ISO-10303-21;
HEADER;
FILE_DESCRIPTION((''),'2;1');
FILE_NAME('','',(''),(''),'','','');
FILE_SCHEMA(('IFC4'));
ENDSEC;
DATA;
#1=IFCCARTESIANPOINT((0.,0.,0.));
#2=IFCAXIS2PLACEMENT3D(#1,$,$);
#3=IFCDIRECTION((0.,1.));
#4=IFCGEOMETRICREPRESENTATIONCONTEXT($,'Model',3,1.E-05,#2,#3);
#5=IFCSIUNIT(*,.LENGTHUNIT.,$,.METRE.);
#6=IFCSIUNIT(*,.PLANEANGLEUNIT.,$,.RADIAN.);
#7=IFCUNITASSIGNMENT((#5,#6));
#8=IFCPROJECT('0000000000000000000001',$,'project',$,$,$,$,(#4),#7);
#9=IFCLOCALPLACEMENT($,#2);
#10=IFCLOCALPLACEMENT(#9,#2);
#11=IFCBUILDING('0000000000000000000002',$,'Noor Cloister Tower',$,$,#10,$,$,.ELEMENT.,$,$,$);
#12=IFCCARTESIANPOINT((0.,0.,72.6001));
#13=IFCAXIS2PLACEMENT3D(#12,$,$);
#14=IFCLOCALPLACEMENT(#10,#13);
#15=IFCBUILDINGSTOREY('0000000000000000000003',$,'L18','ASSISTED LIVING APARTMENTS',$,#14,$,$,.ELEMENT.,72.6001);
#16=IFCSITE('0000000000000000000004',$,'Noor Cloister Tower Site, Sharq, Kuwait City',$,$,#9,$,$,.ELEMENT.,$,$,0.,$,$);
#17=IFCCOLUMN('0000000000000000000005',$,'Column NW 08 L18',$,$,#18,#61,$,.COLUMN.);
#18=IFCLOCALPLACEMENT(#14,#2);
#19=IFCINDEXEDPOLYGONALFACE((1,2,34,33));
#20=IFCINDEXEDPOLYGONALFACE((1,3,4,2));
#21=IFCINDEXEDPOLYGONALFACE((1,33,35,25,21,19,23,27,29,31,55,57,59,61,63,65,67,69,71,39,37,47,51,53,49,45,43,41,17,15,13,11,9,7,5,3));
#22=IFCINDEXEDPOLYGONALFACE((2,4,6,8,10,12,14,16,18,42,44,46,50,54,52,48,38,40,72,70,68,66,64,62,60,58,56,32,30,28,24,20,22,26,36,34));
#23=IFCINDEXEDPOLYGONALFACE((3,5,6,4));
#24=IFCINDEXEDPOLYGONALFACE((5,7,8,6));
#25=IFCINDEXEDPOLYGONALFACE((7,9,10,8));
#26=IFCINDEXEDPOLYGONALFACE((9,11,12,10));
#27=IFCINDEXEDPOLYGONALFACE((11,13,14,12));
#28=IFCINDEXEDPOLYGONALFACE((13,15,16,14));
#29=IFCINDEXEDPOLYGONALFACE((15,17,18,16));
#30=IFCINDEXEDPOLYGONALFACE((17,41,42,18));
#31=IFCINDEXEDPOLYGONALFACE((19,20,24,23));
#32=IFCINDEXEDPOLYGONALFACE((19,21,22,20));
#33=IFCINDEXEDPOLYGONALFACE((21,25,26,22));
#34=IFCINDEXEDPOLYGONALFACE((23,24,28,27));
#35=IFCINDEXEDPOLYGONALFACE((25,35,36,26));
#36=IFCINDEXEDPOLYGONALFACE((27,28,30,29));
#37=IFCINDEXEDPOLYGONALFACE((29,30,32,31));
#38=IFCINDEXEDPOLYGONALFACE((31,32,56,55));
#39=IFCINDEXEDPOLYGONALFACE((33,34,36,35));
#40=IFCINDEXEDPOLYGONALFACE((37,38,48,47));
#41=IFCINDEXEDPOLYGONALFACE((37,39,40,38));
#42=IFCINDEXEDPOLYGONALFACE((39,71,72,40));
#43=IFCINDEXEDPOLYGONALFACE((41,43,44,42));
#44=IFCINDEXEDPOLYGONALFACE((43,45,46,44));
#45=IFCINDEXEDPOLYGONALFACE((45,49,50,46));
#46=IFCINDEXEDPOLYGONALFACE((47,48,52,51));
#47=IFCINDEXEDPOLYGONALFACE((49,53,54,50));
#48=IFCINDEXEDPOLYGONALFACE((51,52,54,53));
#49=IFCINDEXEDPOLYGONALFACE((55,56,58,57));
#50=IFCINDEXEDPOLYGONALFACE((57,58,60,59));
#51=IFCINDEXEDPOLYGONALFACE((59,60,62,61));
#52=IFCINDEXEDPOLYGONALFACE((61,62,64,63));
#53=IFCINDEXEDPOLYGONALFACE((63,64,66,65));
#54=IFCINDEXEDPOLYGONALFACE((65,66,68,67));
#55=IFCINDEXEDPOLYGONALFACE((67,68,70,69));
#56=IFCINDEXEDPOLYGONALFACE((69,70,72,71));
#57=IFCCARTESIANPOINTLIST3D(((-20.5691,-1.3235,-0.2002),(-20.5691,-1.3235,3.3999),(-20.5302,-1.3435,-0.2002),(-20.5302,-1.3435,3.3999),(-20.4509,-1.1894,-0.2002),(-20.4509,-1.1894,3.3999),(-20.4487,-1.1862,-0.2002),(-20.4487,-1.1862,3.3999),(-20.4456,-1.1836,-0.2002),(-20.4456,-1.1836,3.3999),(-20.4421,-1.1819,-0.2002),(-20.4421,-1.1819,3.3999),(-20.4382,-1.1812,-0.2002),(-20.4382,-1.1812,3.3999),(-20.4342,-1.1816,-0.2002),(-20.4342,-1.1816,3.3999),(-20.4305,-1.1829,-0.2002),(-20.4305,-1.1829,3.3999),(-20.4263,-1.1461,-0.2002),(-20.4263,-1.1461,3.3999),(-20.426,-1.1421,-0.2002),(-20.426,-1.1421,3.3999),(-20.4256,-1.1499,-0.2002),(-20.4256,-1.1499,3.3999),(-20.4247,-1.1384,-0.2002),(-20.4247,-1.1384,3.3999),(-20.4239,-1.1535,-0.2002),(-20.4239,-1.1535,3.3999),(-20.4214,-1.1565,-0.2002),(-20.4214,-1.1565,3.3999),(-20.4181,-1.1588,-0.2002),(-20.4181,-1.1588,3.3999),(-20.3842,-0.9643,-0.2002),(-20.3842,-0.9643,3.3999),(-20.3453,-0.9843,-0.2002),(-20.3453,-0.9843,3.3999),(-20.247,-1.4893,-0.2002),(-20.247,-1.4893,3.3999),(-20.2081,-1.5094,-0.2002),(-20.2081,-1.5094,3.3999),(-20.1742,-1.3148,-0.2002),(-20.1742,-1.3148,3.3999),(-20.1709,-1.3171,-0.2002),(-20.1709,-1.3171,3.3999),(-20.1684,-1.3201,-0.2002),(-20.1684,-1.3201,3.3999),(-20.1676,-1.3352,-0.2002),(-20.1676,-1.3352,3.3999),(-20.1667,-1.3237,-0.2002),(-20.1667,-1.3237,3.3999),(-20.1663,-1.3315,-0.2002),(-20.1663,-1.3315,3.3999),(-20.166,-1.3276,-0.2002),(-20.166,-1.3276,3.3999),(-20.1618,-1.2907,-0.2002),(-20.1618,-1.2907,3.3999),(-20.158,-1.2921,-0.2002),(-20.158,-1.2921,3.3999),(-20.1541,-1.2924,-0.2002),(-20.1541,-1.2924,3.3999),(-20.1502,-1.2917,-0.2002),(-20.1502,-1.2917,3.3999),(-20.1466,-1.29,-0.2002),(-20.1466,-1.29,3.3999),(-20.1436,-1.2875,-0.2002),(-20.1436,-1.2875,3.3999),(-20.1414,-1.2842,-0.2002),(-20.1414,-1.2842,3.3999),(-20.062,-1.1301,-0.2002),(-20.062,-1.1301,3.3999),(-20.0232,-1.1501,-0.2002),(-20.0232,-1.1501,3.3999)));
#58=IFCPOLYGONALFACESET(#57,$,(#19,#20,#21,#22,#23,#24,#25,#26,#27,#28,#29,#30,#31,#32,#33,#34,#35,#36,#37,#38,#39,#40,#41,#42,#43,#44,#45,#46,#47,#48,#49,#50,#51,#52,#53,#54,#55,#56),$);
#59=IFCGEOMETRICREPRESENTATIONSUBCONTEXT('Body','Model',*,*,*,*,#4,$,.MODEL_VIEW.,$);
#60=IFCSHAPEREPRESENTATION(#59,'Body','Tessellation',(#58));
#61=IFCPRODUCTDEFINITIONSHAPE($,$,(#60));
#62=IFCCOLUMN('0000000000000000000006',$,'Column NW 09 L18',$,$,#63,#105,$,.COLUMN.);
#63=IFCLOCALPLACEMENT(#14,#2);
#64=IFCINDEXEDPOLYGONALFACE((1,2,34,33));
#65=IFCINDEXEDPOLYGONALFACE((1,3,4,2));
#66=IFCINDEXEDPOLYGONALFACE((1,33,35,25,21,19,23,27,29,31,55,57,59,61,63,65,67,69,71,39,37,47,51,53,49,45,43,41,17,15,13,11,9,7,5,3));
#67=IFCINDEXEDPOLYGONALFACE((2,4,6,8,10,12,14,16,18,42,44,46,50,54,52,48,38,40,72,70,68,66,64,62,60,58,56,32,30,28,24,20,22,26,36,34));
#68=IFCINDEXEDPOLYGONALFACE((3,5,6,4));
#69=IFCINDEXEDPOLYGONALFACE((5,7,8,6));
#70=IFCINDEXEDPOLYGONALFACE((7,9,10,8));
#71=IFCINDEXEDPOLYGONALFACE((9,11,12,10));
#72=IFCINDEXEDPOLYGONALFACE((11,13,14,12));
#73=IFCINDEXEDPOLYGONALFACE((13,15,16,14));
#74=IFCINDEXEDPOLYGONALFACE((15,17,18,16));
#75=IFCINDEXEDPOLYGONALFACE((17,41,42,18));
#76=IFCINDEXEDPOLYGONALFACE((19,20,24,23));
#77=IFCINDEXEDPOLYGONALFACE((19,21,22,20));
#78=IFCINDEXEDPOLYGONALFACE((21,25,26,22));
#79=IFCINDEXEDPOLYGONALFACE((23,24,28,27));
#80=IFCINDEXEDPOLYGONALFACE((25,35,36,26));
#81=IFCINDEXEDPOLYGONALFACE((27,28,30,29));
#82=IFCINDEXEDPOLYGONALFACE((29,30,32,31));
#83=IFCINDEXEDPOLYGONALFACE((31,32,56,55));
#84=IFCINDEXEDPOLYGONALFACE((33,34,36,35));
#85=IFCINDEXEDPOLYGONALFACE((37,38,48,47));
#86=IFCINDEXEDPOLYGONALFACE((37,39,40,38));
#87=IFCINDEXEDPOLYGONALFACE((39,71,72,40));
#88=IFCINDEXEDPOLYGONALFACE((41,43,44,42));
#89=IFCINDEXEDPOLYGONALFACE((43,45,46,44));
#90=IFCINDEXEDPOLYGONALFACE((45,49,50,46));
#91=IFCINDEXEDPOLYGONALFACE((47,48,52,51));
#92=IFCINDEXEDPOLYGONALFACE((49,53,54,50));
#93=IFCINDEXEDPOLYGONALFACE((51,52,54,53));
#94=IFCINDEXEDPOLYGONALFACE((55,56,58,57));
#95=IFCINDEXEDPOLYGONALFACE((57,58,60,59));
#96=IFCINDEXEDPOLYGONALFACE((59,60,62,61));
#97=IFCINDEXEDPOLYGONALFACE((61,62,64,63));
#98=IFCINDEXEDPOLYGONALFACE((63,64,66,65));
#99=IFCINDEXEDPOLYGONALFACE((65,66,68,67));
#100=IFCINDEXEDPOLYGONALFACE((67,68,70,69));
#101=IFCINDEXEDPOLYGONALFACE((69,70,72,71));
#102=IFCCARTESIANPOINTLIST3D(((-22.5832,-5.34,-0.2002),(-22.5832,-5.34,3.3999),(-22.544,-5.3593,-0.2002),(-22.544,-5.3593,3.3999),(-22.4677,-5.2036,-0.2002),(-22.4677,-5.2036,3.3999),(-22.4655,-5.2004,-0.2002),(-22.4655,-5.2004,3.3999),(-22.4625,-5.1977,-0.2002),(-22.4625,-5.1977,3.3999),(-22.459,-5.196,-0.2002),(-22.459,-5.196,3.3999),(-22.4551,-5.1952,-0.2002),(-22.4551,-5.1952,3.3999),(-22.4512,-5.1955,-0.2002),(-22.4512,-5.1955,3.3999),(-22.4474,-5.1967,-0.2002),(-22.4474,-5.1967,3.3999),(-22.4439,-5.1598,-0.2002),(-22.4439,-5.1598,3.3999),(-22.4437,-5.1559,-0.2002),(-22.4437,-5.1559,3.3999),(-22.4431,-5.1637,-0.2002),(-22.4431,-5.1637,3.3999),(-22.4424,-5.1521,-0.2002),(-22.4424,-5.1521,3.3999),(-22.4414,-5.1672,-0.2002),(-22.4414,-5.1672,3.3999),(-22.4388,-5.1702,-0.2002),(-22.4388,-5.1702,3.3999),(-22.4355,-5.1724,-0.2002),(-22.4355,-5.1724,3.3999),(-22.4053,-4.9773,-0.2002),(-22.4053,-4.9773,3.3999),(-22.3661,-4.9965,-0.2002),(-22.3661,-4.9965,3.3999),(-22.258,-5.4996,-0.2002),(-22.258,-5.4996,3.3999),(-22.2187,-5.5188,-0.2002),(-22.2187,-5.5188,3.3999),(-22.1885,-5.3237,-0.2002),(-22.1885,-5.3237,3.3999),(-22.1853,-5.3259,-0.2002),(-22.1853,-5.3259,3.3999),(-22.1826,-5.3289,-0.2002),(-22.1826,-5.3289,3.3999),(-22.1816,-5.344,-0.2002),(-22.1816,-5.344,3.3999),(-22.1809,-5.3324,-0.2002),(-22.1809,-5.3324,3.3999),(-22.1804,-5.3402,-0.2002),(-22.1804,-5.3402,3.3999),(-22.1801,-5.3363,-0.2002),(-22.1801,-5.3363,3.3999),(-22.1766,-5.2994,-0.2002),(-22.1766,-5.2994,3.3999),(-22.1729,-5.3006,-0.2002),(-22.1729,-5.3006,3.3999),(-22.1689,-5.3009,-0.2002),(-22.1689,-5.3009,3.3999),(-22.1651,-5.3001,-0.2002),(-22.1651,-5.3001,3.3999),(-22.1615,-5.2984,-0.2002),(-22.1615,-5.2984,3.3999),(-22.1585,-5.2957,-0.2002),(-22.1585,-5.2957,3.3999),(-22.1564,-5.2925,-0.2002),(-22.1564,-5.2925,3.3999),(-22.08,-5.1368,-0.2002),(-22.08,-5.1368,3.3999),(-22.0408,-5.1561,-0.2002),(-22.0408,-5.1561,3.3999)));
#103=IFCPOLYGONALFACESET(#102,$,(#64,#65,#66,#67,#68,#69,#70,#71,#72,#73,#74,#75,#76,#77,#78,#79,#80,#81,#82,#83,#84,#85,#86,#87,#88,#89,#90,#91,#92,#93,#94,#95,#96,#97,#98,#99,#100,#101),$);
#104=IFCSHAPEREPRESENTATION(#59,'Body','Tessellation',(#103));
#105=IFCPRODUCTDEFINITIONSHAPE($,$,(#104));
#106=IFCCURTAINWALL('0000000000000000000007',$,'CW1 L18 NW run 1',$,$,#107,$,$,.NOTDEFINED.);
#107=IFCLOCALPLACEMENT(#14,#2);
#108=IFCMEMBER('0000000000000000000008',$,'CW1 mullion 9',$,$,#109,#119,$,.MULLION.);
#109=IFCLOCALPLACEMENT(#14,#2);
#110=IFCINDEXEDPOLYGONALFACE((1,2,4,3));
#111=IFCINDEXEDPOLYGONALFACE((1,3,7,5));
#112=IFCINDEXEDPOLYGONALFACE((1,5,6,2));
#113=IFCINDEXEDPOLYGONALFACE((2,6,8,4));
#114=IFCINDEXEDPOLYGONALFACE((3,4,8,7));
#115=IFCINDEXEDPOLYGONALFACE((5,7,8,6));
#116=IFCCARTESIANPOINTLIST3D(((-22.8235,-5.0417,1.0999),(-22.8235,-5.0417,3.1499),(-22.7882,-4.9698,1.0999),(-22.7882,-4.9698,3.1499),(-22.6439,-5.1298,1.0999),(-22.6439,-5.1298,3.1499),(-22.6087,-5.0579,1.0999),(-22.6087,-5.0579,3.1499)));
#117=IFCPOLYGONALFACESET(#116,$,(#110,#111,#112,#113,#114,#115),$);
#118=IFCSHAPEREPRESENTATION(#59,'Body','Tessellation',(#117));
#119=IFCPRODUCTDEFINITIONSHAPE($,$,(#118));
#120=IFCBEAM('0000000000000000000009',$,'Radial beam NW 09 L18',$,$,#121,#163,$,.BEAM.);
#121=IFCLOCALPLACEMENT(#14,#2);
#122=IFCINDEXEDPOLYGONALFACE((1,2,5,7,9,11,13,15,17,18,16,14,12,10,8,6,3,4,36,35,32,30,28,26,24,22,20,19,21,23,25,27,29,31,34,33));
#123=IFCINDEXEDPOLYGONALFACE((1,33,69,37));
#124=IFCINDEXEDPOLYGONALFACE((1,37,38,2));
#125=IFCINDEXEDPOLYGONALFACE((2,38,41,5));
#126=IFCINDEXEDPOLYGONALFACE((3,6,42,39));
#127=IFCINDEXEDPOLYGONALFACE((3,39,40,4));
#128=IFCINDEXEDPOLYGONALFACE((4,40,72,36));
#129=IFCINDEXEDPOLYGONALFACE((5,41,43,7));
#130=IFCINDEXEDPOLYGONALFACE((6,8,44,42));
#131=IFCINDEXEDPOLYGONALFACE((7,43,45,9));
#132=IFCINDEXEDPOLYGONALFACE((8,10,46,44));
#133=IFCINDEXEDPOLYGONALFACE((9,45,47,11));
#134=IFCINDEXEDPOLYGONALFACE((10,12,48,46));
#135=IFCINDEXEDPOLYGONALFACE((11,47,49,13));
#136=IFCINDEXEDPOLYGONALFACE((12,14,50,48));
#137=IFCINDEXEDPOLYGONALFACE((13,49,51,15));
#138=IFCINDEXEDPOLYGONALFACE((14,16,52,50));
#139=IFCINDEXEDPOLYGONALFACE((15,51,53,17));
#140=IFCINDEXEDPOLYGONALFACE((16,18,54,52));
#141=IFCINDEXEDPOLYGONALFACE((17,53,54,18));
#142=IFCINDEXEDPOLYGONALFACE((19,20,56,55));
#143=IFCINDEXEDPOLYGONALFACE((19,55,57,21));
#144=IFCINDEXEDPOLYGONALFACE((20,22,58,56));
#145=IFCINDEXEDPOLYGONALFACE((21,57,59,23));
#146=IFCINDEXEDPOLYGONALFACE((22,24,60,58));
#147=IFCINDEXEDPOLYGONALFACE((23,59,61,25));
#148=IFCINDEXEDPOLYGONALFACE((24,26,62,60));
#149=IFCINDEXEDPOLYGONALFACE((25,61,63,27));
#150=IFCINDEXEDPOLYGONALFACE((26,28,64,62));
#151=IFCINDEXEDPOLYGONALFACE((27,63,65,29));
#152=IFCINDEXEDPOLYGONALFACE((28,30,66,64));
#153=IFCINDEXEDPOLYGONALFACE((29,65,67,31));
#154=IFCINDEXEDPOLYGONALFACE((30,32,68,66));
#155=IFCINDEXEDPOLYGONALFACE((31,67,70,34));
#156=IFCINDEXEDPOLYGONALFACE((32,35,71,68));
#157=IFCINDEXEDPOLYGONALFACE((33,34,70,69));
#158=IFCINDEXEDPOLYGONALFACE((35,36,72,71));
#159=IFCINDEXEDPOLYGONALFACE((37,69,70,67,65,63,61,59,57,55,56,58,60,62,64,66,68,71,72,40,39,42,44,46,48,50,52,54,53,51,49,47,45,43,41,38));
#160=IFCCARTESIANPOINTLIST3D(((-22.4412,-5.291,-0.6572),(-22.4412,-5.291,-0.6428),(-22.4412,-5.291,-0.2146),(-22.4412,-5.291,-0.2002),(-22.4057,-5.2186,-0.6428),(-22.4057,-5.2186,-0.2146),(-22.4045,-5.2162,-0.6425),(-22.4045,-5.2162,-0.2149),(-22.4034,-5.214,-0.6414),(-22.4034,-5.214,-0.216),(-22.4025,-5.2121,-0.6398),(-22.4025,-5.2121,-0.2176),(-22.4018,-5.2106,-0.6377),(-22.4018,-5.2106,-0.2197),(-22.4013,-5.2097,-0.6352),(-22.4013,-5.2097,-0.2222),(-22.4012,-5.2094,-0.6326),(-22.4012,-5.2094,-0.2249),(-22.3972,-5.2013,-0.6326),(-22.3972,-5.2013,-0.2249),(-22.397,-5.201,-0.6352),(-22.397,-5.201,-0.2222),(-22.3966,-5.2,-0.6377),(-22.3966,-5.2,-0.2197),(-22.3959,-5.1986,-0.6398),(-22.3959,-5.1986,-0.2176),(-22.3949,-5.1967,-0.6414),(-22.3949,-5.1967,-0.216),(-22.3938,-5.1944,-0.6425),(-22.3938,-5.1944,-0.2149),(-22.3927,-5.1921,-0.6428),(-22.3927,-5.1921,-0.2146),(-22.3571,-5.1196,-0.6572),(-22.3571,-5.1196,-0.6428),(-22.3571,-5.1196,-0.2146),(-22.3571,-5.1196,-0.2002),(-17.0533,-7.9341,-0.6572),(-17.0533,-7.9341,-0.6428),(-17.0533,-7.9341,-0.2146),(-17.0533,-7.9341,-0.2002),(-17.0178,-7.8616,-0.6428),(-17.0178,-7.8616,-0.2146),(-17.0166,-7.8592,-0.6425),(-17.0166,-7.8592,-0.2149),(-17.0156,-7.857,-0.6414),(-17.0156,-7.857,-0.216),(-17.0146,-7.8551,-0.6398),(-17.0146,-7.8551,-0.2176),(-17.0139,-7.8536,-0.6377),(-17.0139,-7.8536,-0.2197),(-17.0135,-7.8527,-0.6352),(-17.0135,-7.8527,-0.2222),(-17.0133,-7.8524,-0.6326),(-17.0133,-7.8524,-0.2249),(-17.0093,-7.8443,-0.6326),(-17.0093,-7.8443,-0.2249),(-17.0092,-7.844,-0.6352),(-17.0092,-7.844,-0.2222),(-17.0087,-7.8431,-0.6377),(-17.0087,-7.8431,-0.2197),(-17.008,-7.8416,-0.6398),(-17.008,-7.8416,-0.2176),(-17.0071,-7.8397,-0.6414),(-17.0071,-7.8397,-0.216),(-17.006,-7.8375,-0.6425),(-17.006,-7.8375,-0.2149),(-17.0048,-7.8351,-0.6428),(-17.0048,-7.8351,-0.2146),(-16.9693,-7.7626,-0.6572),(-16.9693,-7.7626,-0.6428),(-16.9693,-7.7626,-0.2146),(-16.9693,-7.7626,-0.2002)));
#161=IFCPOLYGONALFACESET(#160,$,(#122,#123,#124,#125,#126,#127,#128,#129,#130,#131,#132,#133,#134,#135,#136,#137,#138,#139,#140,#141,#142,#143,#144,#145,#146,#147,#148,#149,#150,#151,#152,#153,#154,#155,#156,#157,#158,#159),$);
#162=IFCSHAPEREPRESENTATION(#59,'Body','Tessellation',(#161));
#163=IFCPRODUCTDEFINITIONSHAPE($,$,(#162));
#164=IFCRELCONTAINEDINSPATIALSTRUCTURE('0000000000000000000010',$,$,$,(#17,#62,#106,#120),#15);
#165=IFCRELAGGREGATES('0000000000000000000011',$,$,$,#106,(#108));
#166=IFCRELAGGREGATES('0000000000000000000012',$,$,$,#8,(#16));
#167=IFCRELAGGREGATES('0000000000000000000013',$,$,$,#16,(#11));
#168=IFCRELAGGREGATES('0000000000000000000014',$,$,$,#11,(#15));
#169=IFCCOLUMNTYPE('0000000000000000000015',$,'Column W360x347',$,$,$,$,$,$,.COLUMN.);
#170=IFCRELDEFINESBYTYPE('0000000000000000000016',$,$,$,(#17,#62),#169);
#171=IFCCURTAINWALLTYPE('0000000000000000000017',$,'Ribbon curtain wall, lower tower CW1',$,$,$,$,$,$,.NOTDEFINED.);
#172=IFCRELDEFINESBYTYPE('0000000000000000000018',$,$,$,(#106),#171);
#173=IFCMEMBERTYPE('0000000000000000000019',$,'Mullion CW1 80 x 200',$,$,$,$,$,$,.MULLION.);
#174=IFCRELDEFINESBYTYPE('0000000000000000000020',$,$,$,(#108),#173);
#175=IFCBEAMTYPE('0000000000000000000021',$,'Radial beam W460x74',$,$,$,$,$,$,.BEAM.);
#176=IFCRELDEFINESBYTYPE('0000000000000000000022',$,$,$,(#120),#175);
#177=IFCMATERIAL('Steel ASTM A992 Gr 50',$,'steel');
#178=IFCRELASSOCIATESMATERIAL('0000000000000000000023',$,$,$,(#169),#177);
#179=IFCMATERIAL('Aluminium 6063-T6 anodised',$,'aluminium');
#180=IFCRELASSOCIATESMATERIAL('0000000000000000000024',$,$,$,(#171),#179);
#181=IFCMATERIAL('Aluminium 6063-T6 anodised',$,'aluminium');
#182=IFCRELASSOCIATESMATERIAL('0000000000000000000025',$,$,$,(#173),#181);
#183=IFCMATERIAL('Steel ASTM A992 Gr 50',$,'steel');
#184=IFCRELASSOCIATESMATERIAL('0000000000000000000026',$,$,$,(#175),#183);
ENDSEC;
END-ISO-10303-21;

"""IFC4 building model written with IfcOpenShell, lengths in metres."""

from ifc_helpers import new_model, si_unit, direction, frame, origin, origin_2d, place, context, subcontext, project, spatial, rectangle, i_section, extrude, material, material_profile, profile_set, type_object, element, aggregate, save


model = new_model("IFC4")

# Units and contexts
model_context = context("Model", 3, precision=1e-05, world=origin(), true_north=direction((0.0, 1.0)))
body_context = subcontext(model_context, "Body", "Model", "MODEL_VIEW")
ifc_project = project(units=[si_unit("LENGTHUNIT", "METRE"), si_unit("PLANEANGLEUNIT", "RADIAN")], contexts=[model_context])

# Site, building, storey
site_placement = place(None, origin())
site = spatial("IfcSite", under=ifc_project, at=site_placement, Name="Noor Cloister Tower Site, Sharq, Kuwait City", CompositionType="ELEMENT", RefElevation=0.0)
building_placement = place(site_placement, origin())
building = spatial("IfcBuilding", under=site, at=building_placement, Name="Noor Cloister Tower", CompositionType="ELEMENT")
storey_placement = place(building_placement, frame((0.0, 0.0, 72.6001)))
storey = spatial("IfcBuildingStorey", under=building, at=storey_placement, Name="L18", Description="ASSISTED LIVING APARTMENTS", CompositionType="ELEMENT", Elevation=72.6001)

# Columns
ifc_material_1 = material(Name="Steel ASTM A992 Gr 50", Category="steel")
ifc_material_profile_1 = material_profile(ifc_material_1, i_section(OverallWidth=0.4041, OverallDepth=0.406, WebThickness=0.0271, FlangeThickness=0.0437, FilletRadius=0.0151, at=origin_2d()), Name="W360x347")
ifc_profile_set_1 = profile_set([ifc_material_profile_1], Name="Steel ASTM A992 Gr 50")
column_type = type_object("IfcColumnType", Name="Column W360x347", PredefinedType="COLUMN", material=ifc_profile_set_1)
for number, where, z_axis, x_axis, name in (
    (1, (-20.2961, -1.2368, -0.2002), (0.0, 0.0, 1.0), (-0.457666, -0.889124, 0.0), "Column NW 08 L18"),
    (2, (-22.312, -5.248, -0.2002), (0.0, 0.0, 1.0), (-0.440428, -0.897788, 0.0), "Column NW 09 L18"),
):
    element("IfcColumn", number, at=place(storey_placement, frame(where, z_axis=z_axis, x_axis=x_axis)), inside=storey, type_object=column_type, Name=name, PredefinedType="COLUMN", context=body_context, shape_type="SweptSolid", body=[
        extrude(i_section(OverallWidth=0.4041, OverallDepth=0.406, WebThickness=0.0271, FlangeThickness=0.0437, FilletRadius=0.0151, at=origin_2d()), origin(), (0.0, 0.0, 1.0), 3.6001),
    ])

# Curtain wall, member
ifc_material_2 = material(Name="Aluminium 6063-T6 anodised", Category="aluminium")
curtain_wall_type = type_object("IfcCurtainWallType", Name="Ribbon curtain wall, lower tower CW1", PredefinedType="NOTDEFINED", material=ifc_material_2)
curtain_wall_placement = place(storey_placement, origin())
curtain_wall = element("IfcCurtainWall", 3, at=curtain_wall_placement, inside=storey, type_object=curtain_wall_type, Name="CW1 L18 NW run 1", PredefinedType="NOTDEFINED")
ifc_material_3 = material(Name="Aluminium 6063-T6 anodised", Category="aluminium")
ifc_material_profile_2 = material_profile(ifc_material_3, rectangle(XDim=0.2, YDim=0.0801, at=origin_2d()), Name="200 x 80 mullion")
ifc_profile_set_2 = profile_set([ifc_material_profile_2], Name="Aluminium 6063-T6 anodised")
member_type = type_object("IfcMemberType", Name="Mullion CW1 80 x 200", PredefinedType="MULLION", material=ifc_profile_set_2)
member_placement = place(storey_placement, frame((-22.7161, -5.0498, 1.0999), z_axis=(0.0, 0.0, 1.0), x_axis=(0.897788, -0.440428, 0.0)))
member = element("IfcMember", 4, at=member_placement, type_object=member_type, Name="CW1 mullion 9", PredefinedType="MULLION", context=body_context, shape_type="SweptSolid", body=[
    extrude(rectangle(XDim=0.2, YDim=0.0801, at=origin_2d()), origin(), (0.0, 0.0, 1.0), 2.05),
])

# Beam
ifc_material_4 = material(Name="Steel ASTM A992 Gr 50", Category="steel")
ifc_material_profile_3 = material_profile(ifc_material_4, i_section(OverallWidth=0.1909, OverallDepth=0.457, WebThickness=0.009, FlangeThickness=0.0144, FilletRadius=0.0103, at=origin_2d()), Name="W460x74")
ifc_profile_set_3 = profile_set([ifc_material_profile_3], Name="Steel ASTM A992 Gr 50")
beam_type_1 = type_object("IfcBeamType", Name="Radial beam W460x74", PredefinedType="BEAM", material=ifc_profile_set_3)
beam_placement = place(storey_placement, frame((-22.3992, -5.2053, -0.4287), z_axis=(0.897794, -0.440415, 0.0), x_axis=(0.440415, 0.897794, 0.0)))
element("IfcBeam", 5, at=beam_placement, inside=storey, type_object=beam_type_1, Name="Radial beam NW 09 L18", PredefinedType="BEAM", context=body_context, shape_type="SweptSolid", body=[
    extrude(i_section(OverallWidth=0.1909, OverallDepth=0.457, WebThickness=0.009, FlangeThickness=0.0144, FilletRadius=0.0103, at=origin_2d()), origin(), (0.0, 0.0, 1.0), 6.0012),
])

aggregate(curtain_wall, [member])

save(model, "model.ifc")
